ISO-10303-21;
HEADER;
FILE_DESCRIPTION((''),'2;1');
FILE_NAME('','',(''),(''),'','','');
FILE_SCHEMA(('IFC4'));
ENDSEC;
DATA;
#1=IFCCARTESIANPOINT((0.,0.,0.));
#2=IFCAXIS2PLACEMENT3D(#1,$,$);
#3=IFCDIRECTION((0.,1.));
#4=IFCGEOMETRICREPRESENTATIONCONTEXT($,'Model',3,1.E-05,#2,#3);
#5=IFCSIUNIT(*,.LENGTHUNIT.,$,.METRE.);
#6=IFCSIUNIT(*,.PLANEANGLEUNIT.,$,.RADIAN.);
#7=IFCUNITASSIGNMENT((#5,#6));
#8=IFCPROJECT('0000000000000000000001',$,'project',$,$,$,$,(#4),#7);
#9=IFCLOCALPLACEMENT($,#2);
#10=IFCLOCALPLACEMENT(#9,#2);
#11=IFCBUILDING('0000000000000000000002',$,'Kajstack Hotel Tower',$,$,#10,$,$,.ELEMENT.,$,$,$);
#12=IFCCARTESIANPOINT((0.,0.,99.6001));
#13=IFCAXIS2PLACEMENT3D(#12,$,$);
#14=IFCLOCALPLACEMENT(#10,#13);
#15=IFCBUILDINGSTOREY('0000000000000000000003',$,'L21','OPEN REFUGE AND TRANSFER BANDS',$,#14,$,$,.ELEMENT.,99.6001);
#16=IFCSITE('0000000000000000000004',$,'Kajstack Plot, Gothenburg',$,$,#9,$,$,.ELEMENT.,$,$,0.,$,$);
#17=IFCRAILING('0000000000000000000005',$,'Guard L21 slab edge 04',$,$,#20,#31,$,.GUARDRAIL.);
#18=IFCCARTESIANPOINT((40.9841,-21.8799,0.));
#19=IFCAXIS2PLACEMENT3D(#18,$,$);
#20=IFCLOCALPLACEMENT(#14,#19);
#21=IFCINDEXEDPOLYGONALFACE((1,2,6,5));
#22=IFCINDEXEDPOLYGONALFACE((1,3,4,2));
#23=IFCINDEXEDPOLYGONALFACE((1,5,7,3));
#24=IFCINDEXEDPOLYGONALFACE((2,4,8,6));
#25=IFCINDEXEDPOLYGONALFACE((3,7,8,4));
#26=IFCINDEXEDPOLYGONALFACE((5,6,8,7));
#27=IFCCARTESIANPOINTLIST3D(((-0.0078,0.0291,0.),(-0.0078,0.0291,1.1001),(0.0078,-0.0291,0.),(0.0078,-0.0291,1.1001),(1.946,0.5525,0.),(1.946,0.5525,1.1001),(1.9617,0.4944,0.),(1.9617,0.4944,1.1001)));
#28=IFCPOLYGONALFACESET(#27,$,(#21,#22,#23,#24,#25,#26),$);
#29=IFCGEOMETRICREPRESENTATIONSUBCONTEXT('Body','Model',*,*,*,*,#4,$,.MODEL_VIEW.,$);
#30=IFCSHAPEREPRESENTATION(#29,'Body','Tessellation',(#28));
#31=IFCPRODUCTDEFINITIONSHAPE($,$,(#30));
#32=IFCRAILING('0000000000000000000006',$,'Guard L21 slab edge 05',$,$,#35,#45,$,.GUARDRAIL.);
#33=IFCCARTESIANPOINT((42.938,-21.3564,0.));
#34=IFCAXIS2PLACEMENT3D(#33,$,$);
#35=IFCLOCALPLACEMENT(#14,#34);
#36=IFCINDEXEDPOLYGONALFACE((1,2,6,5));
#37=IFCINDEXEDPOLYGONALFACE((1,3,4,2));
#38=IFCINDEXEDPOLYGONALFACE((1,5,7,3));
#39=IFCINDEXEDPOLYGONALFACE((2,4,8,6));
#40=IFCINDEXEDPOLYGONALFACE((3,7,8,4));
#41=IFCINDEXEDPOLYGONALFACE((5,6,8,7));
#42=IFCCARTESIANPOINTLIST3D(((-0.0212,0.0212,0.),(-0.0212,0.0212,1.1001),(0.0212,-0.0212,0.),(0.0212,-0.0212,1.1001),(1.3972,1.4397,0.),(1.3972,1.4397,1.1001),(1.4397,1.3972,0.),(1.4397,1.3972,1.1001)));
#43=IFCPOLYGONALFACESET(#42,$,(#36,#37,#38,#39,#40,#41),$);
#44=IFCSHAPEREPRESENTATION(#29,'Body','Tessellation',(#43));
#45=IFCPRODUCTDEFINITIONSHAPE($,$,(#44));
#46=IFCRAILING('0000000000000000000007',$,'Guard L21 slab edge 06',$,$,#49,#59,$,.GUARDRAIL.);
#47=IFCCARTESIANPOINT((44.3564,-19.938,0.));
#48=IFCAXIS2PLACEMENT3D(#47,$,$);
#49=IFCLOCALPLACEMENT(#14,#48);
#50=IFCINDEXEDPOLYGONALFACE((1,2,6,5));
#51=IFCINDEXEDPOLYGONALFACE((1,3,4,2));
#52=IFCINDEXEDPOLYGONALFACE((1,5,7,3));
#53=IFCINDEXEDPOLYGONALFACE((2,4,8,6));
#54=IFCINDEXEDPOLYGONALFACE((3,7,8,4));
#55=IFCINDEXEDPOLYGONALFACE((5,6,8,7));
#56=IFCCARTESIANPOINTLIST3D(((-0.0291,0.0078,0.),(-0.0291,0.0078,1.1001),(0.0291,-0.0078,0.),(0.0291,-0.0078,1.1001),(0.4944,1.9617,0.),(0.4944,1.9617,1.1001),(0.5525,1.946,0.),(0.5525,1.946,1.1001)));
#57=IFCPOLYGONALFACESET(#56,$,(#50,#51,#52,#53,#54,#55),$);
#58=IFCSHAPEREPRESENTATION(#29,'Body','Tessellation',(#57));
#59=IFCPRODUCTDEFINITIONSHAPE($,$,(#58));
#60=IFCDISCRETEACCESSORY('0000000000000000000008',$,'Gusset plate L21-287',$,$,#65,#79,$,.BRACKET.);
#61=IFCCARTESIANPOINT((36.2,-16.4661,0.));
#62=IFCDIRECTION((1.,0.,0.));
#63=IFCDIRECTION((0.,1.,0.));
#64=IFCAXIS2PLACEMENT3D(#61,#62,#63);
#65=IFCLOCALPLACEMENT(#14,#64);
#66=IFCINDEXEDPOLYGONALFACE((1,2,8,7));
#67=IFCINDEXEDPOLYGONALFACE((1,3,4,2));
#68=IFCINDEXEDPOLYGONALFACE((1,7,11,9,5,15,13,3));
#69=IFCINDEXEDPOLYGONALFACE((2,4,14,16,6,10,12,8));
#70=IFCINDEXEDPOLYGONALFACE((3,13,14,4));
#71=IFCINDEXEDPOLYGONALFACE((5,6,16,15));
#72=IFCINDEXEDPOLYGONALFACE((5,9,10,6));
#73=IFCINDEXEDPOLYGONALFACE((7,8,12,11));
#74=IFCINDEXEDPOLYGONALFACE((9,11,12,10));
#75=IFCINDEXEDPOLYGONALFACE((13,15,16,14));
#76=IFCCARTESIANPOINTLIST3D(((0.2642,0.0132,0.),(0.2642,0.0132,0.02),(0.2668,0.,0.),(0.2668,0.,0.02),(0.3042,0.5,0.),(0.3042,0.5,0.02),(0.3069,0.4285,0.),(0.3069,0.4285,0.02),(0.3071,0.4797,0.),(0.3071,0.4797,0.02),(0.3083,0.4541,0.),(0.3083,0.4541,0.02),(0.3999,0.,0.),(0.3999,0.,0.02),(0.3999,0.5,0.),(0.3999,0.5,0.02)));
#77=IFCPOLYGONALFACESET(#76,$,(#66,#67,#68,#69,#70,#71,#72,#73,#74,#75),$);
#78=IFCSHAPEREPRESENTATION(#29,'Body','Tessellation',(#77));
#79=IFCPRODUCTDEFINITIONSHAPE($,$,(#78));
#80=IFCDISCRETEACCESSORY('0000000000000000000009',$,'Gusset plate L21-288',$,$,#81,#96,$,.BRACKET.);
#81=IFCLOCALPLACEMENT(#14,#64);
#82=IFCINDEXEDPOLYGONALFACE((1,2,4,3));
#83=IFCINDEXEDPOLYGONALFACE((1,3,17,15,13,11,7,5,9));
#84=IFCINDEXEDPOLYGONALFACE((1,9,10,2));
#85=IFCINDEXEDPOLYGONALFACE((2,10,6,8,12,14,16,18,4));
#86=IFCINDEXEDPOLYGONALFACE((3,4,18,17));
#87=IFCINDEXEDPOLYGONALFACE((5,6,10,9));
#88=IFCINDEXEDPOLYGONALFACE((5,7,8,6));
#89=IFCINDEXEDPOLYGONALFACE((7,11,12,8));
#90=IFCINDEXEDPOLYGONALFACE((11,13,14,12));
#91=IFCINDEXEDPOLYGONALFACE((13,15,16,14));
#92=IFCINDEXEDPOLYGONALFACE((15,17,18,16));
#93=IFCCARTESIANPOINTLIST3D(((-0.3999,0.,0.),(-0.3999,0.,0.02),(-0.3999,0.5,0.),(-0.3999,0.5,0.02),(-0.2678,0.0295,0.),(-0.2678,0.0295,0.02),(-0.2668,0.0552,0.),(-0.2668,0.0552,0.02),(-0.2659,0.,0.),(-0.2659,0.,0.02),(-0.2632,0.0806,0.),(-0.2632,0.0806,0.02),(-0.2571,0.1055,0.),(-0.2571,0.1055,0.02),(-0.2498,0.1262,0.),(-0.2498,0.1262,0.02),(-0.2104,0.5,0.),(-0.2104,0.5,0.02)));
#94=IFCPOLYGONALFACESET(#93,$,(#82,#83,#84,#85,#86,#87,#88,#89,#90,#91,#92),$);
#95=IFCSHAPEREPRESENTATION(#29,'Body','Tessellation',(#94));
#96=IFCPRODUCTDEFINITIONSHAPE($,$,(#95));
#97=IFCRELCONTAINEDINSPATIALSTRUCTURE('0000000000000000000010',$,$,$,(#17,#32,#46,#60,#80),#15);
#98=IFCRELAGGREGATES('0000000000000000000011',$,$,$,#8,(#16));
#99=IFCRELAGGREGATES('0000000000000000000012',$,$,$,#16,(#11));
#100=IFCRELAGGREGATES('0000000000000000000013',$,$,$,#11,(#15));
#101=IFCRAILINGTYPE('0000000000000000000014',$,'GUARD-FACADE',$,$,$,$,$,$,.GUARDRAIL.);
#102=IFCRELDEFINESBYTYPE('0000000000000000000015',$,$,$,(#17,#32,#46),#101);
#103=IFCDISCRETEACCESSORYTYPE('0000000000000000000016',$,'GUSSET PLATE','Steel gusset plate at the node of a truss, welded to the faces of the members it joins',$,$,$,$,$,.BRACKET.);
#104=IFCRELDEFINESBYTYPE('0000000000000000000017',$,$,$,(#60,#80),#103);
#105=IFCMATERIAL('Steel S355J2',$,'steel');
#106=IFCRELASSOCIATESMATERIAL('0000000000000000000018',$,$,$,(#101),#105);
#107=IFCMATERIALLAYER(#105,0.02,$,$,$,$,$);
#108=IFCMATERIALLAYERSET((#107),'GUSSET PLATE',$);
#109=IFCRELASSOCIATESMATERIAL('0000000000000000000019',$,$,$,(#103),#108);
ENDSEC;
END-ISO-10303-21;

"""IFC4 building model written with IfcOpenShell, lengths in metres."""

from ifc_helpers import new_model, si_unit, direction, frame, origin, place, context, subcontext, project, spatial, polyline, outline, extrude, material, layer, layer_set, type_object, element, save


model = new_model("IFC4")

# Units and contexts
model_context = context("Model", 3, precision=1e-05, world=origin(), true_north=direction((0.0, 1.0)))
body_context = subcontext(model_context, "Body", "Model", "MODEL_VIEW")
ifc_project = project(units=[si_unit("LENGTHUNIT", "METRE"), si_unit("PLANEANGLEUNIT", "RADIAN")], contexts=[model_context])

# Site, building, storey
site_placement = place(None, origin())
site = spatial("IfcSite", under=ifc_project, at=site_placement, Name="Kajstack Plot, Gothenburg", CompositionType="ELEMENT", RefElevation=0.0)
building_placement = place(site_placement, origin())
building = spatial("IfcBuilding", under=site, at=building_placement, Name="Kajstack Hotel Tower", CompositionType="ELEMENT")
storey_placement = place(building_placement, frame((0.0, 0.0, 99.6001)))
storey = spatial("IfcBuildingStorey", under=building, at=storey_placement, Name="L21", Description="OPEN REFUGE AND TRANSFER BANDS", CompositionType="ELEMENT", Elevation=99.6001)

# Shared definitions
ifc_material = material(Name="Steel S355J2", Category="steel")

# Railings
railing_type = type_object("IfcRailingType", Name="GUARD-FACADE", PredefinedType="GUARDRAIL", material=ifc_material)
railing_1_placement = place(storey_placement, frame((40.9841, -21.8799, 0.0)))
element("IfcRailing", 1, at=railing_1_placement, inside=storey, type_object=railing_type, Name="Guard L21 slab edge 04", PredefinedType="GUARDRAIL", context=body_context, shape_type="SweptSolid", body=[
    extrude(outline(polyline([(1.946, 0.5525), (1.9617, 0.4944), (0.0078, -0.0291), (-0.0078, 0.0291), (1.946, 0.5525)])), origin(), (0.0, 0.0, 1.0), 1.1001),
])
railing_2_placement = place(storey_placement, frame((42.938, -21.3564, 0.0)))
element("IfcRailing", 2, at=railing_2_placement, inside=storey, type_object=railing_type, Name="Guard L21 slab edge 05", PredefinedType="GUARDRAIL", context=body_context, shape_type="SweptSolid", body=[
    extrude(outline(polyline([(1.3972, 1.4397), (1.4397, 1.3972), (0.0212, -0.0212), (-0.0212, 0.0212), (1.3972, 1.4397)])), origin(), (0.0, 0.0, 1.0), 1.1001),
])
railing_3_placement = place(storey_placement, frame((44.3564, -19.938, 0.0)))
element("IfcRailing", 3, at=railing_3_placement, inside=storey, type_object=railing_type, Name="Guard L21 slab edge 06", PredefinedType="GUARDRAIL", context=body_context, shape_type="SweptSolid", body=[
    extrude(outline(polyline([(0.4944, 1.9617), (0.5525, 1.946), (0.0291, -0.0078), (-0.0291, 0.0078), (0.4944, 1.9617)])), origin(), (0.0, 0.0, 1.0), 1.1001),
])

# Discrete accessories
ifc_layer = layer(ifc_material, 0.02)
ifc_layer_set = layer_set([ifc_layer], Name="GUSSET PLATE")
discrete_accessory_type = type_object("IfcDiscreteAccessoryType", Name="GUSSET PLATE", Description="Steel gusset plate at the node of a truss, welded to the faces of the members it joins", PredefinedType="BRACKET", material=ifc_layer_set)
discrete_accessory_1_placement = place(storey_placement, frame((36.2, -16.4661, 0.0), z_axis=(1.0, 0.0, 0.0), x_axis=(0.0, 1.0, 0.0)))
element("IfcDiscreteAccessory", 4, at=discrete_accessory_1_placement, inside=storey, type_object=discrete_accessory_type, Name="Gusset plate L21-287", PredefinedType="BRACKET", context=body_context, shape_type="SweptSolid", body=[
    extrude(outline(polyline([(0.3999, 0.5), (0.3042, 0.5), (0.3071, 0.4797), (0.3083, 0.4541), (0.3069, 0.4285), (0.2642, 0.0132), (0.2668, 0.0), (0.3999, 0.0), (0.3999, 0.5)])), origin(), (0.0, 0.0, 1.0), 0.02),
])
discrete_accessory_2_placement = place(storey_placement, frame((36.2, -16.4661, 0.0), z_axis=(1.0, 0.0, 0.0), x_axis=(0.0, 1.0, 0.0)))
element("IfcDiscreteAccessory", 5, at=discrete_accessory_2_placement, inside=storey, type_object=discrete_accessory_type, Name="Gusset plate L21-288", PredefinedType="BRACKET", context=body_context, shape_type="SweptSolid", body=[
    extrude(outline(polyline([(-0.3999, 0.0), (-0.2659, 0.0), (-0.2678, 0.0295), (-0.2668, 0.0552), (-0.2632, 0.0806), (-0.2571, 0.1055), (-0.2498, 0.1262), (-0.2104, 0.5), (-0.3999, 0.5), (-0.3999, 0.0)])), origin(), (0.0, 0.0, 1.0), 0.02),
])

save(model, "model.ifc")
